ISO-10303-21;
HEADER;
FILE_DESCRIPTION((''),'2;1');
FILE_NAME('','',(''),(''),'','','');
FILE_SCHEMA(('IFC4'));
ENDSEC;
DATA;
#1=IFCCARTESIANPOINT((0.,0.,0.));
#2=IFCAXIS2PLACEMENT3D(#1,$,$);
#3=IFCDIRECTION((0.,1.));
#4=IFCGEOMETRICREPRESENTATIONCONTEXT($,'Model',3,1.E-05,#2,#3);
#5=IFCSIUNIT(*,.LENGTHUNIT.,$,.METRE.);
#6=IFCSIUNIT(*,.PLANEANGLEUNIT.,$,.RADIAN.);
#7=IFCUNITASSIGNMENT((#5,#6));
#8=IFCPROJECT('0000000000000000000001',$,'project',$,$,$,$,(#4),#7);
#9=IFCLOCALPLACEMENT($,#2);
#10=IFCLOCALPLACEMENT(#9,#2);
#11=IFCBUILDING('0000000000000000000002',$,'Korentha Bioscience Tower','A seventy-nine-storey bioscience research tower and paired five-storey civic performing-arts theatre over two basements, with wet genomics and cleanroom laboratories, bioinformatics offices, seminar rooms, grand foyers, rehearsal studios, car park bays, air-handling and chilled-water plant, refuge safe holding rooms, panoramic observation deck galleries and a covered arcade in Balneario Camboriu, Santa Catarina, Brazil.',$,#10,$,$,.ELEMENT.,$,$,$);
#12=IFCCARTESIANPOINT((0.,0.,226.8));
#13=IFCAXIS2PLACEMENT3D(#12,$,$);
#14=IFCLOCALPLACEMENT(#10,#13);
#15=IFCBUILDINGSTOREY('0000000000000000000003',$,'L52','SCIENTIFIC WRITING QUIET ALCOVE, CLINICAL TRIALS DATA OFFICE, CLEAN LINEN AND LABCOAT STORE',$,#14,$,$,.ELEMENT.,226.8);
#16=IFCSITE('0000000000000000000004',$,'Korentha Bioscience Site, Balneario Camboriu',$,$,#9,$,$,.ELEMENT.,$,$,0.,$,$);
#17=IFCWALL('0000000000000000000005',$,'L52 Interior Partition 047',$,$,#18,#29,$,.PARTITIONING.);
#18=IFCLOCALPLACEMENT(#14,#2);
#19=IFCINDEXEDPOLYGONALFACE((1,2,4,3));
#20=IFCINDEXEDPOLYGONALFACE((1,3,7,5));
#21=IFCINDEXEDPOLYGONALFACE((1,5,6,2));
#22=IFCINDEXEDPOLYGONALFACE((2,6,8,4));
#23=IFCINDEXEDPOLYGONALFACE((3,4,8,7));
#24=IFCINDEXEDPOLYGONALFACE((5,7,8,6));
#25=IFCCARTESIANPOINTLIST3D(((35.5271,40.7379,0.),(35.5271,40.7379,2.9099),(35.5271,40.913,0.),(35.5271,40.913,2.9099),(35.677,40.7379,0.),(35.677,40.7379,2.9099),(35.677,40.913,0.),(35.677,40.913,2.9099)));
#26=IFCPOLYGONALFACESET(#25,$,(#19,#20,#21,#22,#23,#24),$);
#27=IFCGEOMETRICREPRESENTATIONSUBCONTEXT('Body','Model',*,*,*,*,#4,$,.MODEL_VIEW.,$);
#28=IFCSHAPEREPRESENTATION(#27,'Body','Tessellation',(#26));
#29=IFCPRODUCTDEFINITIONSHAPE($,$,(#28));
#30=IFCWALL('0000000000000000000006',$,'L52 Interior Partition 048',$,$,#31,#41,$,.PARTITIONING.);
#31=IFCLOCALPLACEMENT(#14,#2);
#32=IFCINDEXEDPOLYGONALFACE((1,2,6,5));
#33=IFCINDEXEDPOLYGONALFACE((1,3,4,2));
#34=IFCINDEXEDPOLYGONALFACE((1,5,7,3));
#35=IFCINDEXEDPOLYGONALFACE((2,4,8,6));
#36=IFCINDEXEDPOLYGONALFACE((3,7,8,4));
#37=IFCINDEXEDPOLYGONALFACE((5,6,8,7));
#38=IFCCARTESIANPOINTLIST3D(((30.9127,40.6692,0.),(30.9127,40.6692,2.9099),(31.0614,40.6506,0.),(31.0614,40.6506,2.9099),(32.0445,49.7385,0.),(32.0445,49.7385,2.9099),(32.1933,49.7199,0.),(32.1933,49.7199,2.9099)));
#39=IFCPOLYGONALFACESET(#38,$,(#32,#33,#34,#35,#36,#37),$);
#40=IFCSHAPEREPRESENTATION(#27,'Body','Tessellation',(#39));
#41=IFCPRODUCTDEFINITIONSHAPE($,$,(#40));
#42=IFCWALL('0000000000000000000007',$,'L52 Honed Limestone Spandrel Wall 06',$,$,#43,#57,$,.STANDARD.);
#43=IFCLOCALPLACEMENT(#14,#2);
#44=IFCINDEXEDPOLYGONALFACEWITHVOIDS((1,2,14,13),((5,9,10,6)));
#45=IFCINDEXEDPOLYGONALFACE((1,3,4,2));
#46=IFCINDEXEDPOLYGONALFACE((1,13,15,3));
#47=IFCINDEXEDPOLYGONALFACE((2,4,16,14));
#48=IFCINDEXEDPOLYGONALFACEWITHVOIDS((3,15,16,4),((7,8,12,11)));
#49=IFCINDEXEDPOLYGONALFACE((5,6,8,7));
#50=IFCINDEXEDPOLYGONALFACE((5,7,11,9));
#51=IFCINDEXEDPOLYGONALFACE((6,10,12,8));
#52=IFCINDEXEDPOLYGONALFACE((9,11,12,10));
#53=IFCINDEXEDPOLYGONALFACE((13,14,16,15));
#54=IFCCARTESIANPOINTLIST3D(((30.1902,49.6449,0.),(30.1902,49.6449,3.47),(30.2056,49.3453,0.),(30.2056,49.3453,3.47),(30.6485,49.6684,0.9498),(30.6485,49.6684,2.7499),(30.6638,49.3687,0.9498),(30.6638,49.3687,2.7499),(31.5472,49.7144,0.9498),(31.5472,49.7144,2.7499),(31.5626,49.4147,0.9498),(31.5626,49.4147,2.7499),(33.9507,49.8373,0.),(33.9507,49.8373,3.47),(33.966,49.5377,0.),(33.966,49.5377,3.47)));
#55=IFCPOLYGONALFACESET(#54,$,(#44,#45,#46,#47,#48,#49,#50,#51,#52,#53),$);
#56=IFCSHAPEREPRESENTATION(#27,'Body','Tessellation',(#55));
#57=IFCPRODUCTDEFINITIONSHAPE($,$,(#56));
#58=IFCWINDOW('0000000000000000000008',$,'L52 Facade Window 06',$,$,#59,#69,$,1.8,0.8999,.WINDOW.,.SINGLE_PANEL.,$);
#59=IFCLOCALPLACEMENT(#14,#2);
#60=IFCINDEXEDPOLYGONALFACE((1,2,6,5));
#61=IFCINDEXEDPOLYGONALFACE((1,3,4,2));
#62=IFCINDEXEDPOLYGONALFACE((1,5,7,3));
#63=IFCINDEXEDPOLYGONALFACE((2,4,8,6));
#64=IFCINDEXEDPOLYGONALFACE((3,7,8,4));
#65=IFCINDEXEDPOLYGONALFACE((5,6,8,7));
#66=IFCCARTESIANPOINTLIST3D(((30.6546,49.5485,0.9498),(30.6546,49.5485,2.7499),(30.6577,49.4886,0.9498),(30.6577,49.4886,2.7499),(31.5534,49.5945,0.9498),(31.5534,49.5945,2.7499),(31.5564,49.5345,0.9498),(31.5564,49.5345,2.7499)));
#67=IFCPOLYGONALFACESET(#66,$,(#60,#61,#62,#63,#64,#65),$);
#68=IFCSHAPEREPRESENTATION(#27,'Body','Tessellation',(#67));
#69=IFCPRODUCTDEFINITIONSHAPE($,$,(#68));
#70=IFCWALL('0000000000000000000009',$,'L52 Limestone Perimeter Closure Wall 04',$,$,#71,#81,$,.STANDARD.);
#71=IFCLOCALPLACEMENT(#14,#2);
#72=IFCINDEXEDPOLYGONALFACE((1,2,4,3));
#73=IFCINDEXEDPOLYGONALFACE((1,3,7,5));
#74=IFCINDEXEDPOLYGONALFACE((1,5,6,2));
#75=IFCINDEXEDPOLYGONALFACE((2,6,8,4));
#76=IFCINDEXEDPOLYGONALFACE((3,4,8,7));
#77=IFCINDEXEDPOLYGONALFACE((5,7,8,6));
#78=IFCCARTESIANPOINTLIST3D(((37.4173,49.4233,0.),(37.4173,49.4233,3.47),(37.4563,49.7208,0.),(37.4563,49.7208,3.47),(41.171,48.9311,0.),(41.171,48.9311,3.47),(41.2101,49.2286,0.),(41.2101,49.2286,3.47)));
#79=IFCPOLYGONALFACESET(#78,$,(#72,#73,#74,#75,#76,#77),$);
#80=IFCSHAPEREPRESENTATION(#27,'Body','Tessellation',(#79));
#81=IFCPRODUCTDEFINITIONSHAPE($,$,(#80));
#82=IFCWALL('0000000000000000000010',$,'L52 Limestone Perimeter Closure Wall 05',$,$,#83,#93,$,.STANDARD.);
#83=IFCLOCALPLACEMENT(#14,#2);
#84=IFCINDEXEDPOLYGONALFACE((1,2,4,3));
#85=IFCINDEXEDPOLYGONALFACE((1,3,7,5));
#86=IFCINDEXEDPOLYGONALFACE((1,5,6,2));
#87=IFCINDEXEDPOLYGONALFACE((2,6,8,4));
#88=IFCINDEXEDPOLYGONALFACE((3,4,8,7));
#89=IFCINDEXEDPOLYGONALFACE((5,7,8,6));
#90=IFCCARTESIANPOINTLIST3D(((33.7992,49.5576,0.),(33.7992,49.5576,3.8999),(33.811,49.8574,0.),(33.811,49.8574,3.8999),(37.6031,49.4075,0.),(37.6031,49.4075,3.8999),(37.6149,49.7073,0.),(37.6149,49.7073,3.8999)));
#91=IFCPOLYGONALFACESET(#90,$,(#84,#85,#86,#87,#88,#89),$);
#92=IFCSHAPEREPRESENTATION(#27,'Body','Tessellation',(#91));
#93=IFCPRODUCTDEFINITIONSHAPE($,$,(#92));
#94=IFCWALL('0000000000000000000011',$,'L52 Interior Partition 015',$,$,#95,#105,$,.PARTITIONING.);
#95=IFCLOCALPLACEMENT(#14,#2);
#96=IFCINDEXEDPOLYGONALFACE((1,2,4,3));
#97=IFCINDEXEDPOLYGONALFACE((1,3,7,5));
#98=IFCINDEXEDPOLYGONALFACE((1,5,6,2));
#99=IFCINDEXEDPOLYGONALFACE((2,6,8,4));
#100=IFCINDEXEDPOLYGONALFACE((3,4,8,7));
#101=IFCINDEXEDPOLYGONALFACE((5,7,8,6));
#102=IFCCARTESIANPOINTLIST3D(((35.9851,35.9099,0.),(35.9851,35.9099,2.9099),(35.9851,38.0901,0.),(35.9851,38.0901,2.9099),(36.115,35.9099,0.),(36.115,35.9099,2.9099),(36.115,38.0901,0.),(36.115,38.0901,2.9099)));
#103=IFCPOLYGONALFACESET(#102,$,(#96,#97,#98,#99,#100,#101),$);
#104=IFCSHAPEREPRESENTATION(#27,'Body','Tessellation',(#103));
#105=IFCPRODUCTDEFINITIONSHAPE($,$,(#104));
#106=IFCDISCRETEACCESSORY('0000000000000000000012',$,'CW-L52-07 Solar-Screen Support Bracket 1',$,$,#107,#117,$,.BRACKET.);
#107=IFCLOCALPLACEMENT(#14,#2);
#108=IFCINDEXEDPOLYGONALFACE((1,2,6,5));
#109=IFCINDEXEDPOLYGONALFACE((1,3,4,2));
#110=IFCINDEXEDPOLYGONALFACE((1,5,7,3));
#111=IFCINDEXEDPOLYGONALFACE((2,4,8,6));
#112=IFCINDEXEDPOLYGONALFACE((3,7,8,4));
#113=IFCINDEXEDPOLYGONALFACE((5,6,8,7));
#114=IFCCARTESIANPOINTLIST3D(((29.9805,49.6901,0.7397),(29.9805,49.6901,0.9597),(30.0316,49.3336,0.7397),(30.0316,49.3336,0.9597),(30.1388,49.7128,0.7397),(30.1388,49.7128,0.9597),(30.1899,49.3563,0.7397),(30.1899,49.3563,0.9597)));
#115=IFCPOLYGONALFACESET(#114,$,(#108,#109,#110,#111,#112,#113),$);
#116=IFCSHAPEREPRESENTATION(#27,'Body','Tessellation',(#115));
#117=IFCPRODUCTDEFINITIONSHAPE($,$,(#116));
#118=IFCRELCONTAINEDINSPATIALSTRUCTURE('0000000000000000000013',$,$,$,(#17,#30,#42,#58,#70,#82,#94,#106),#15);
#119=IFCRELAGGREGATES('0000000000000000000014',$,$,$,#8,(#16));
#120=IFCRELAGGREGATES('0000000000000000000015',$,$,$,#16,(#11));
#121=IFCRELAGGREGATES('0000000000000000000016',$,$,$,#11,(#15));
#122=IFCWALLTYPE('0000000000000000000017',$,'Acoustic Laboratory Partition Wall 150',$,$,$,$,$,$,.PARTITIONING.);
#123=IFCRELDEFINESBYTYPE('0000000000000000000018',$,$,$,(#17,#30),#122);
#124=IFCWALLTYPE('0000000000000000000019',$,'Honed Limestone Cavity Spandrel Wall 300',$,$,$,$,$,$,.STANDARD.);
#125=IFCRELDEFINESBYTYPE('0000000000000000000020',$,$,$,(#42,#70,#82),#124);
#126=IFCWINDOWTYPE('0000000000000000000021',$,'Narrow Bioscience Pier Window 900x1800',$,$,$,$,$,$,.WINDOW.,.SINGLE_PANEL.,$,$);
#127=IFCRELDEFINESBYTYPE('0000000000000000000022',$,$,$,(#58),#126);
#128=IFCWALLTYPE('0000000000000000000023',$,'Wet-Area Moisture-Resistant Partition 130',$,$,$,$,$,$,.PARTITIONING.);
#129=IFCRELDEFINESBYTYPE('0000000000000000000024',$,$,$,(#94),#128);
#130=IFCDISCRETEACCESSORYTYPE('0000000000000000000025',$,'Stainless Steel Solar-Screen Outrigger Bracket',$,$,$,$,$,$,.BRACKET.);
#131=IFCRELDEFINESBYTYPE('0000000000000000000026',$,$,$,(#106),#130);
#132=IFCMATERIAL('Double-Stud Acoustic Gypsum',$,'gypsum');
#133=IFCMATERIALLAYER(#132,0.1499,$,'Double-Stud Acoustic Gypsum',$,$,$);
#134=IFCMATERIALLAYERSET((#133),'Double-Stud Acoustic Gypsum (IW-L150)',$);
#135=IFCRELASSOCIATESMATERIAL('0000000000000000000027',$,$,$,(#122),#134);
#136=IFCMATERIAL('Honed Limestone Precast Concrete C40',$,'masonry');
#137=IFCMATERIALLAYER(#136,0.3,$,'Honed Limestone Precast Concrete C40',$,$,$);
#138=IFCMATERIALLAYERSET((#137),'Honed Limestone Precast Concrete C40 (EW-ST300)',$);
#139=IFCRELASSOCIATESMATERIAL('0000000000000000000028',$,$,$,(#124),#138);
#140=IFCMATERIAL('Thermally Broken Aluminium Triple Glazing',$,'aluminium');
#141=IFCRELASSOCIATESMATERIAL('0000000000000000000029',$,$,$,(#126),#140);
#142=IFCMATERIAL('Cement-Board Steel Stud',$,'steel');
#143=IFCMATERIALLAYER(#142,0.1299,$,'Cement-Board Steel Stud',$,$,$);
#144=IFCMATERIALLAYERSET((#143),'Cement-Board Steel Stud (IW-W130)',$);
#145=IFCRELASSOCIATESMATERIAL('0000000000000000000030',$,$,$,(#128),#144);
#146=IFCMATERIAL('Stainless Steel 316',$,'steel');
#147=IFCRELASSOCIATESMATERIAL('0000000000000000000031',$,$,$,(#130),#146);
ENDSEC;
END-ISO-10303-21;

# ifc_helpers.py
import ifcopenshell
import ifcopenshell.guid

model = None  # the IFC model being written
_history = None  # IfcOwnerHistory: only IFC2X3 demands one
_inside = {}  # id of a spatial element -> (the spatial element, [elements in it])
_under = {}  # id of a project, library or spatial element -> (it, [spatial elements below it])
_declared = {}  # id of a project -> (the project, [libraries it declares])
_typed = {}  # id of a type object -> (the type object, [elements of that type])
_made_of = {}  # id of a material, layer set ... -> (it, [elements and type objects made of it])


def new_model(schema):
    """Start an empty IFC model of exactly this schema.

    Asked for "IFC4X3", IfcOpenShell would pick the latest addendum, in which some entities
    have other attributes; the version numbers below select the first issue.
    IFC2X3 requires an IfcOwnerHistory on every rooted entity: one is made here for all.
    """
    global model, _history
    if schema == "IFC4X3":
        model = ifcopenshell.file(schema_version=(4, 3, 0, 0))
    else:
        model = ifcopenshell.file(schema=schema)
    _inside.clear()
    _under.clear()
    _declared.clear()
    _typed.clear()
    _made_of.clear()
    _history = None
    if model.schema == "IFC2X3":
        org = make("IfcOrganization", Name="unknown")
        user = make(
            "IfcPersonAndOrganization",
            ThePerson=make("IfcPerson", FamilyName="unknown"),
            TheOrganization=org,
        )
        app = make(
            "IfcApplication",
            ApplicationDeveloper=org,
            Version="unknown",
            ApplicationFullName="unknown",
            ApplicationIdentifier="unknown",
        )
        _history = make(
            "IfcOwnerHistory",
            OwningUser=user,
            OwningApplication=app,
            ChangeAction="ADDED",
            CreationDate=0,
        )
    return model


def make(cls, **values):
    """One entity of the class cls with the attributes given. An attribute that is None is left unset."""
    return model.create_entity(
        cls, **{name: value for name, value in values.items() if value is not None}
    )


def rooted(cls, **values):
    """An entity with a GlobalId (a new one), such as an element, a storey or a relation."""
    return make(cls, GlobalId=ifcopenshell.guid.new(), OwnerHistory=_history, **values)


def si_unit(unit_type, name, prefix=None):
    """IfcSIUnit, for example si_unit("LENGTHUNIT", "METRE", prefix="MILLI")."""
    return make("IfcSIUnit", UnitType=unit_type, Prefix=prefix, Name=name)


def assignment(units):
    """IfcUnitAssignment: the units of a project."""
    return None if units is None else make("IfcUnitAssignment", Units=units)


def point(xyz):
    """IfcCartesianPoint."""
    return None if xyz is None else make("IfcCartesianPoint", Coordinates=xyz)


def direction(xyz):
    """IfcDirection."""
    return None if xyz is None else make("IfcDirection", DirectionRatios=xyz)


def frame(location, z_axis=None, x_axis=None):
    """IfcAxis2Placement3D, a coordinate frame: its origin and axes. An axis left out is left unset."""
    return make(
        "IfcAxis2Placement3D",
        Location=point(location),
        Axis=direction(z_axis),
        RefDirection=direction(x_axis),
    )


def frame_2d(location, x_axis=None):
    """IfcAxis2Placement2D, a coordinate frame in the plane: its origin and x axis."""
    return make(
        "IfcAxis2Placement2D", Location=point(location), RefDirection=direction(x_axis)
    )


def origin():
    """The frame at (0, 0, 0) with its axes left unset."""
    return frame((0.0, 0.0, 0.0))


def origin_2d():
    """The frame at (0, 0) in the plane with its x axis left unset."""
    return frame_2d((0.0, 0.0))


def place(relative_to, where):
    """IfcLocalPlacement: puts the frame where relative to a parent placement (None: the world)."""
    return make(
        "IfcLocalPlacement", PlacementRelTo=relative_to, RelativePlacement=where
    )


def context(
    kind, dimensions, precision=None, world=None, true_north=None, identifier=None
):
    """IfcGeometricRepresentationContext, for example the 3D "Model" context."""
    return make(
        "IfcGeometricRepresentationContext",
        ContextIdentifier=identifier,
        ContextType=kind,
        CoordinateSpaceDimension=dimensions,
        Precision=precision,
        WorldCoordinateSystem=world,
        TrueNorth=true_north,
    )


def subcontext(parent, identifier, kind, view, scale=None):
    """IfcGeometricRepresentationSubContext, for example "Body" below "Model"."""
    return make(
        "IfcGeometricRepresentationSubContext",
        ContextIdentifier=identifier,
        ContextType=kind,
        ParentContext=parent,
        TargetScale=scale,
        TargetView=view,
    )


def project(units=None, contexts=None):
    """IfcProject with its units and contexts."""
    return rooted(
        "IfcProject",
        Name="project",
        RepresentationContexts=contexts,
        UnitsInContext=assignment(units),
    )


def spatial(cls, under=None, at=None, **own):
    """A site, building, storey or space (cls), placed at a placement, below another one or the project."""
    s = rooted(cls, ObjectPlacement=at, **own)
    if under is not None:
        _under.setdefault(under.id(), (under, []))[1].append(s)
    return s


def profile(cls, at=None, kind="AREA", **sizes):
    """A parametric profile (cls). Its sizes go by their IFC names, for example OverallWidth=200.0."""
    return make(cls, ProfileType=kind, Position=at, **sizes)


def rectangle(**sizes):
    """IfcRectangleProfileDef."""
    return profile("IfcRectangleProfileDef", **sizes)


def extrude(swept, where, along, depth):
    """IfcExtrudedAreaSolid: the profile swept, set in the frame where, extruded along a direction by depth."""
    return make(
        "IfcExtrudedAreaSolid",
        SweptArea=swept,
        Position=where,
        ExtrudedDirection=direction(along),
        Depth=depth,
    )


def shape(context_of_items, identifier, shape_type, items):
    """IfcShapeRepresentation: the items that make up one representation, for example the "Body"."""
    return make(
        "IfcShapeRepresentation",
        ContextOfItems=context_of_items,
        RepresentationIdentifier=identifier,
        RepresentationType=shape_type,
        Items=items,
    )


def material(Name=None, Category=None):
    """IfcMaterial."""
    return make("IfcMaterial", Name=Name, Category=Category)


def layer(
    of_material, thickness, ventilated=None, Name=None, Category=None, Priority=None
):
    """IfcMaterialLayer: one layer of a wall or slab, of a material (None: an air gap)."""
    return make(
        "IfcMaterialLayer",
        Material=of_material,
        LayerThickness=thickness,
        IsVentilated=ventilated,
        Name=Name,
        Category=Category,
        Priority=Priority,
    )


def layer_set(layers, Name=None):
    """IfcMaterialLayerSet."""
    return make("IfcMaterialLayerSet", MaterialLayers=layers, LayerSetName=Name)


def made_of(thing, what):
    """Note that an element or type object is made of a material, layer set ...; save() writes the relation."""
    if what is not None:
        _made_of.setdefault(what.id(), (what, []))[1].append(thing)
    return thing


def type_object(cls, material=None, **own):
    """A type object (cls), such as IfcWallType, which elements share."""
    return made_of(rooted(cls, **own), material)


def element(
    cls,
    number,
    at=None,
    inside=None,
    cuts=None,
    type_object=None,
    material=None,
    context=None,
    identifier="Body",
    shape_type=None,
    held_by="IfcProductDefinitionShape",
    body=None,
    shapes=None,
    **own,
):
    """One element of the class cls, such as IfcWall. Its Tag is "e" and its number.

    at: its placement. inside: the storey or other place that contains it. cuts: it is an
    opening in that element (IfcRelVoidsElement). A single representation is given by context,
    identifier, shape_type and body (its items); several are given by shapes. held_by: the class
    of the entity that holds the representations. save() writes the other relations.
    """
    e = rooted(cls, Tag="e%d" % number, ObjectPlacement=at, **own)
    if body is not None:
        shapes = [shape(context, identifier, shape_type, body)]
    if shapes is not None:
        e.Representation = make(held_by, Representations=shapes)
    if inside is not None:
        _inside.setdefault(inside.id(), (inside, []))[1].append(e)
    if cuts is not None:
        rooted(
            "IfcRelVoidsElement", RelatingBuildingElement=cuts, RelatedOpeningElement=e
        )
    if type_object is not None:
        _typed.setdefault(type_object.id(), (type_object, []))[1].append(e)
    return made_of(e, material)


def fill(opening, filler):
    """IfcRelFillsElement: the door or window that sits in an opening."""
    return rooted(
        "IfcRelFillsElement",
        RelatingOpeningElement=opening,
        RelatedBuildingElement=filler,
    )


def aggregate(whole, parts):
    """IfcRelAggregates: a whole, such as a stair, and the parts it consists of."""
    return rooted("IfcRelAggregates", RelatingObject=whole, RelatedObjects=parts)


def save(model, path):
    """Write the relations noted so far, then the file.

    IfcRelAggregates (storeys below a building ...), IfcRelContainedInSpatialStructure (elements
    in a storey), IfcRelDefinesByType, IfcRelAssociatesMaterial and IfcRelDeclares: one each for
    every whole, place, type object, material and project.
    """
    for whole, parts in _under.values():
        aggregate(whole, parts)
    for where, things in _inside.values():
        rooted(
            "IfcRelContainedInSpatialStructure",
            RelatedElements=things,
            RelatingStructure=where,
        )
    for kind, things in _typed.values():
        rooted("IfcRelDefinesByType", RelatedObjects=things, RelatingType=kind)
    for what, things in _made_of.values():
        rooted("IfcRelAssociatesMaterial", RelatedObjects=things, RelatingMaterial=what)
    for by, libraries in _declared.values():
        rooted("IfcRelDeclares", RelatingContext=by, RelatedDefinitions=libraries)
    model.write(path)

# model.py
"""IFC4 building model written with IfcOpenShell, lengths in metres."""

from ifc_helpers import new_model, si_unit, direction, frame, frame_2d, origin, origin_2d, place, context, subcontext, project, spatial, rectangle, extrude, material, layer, layer_set, type_object, element, fill, save


model = new_model("IFC4")

# Units and contexts
model_context = context("Model", 3, precision=1e-05, world=origin(), true_north=direction((0.0, 1.0)))
body_context = subcontext(model_context, "Body", "Model", "MODEL_VIEW")
ifc_project = project(units=[si_unit("LENGTHUNIT", "METRE"), si_unit("PLANEANGLEUNIT", "RADIAN")], contexts=[model_context])

# Site, building, storey
site_placement = place(None, origin())
site = spatial("IfcSite", under=ifc_project, at=site_placement, Name="Korentha Bioscience Site, Balneario Camboriu", CompositionType="ELEMENT", RefElevation=0.0)
building_placement = place(site_placement, origin())
building = spatial("IfcBuilding", under=site, at=building_placement, Name="Korentha Bioscience Tower", Description="A seventy-nine-storey bioscience research tower and paired five-storey civic performing-arts theatre over two basements, with wet genomics and cleanroom laboratories, bioinformatics offices, seminar rooms, grand foyers, rehearsal studios, car park bays, air-handling and chilled-water plant, refuge safe holding rooms, panoramic observation deck galleries and a covered arcade in Balneario Camboriu, Santa Catarina, Brazil.", CompositionType="ELEMENT")
storey_placement = place(building_placement, frame((0.0, 0.0, 226.8)))
storey = spatial("IfcBuildingStorey", under=building, at=storey_placement, Name="L52", Description="SCIENTIFIC WRITING QUIET ALCOVE, CLINICAL TRIALS DATA OFFICE, CLEAN LINEN AND LABCOAT STORE", CompositionType="ELEMENT", Elevation=226.8)

# Shared definitions
ifc_material_1 = material(Name="Double-Stud Acoustic Gypsum", Category="gypsum")
ifc_layer_1 = layer(ifc_material_1, 0.1499, Name="Double-Stud Acoustic Gypsum")
ifc_layer_set_1 = layer_set([ifc_layer_1], Name="Double-Stud Acoustic Gypsum (IW-L150)")
wall_type_1 = type_object("IfcWallType", Name="Acoustic Laboratory Partition Wall 150", PredefinedType="PARTITIONING", material=ifc_layer_set_1)

# Walls
wall_1_placement = place(storey_placement, frame((35.6021, 40.738, 0.0), z_axis=(0.0, 0.0, 1.0), x_axis=(0.0, 1.0, 0.0)))
element("IfcWall", 1, at=wall_1_placement, inside=storey, type_object=wall_type_1, Name="L52 Interior Partition 047", PredefinedType="PARTITIONING", context=body_context, shape_type="SweptSolid", body=[
    extrude(rectangle(XDim=0.175, YDim=0.1499, at=frame_2d((0.0874, 0.0))), origin(), (0.0, 0.0, 1.0), 2.9099),
])
wall_2_placement = place(storey_placement, frame((30.9871, 40.6599, 0.0), z_axis=(0.0, 0.0, 1.0), x_axis=(0.123837, 0.992303, 0.0)))
element("IfcWall", 2, at=wall_2_placement, inside=storey, type_object=wall_type_1, Name="L52 Interior Partition 048", PredefinedType="PARTITIONING", context=body_context, shape_type="SweptSolid", body=[
    extrude(rectangle(XDim=9.1396, YDim=0.1499, at=frame_2d((4.5698, 0.0))), origin(), (0.0, 0.0, 1.0), 2.9099),
])

# Wall, opening, window
ifc_material_2 = material(Name="Honed Limestone Precast Concrete C40", Category="masonry")
ifc_layer_2 = layer(ifc_material_2, 0.3, Name="Honed Limestone Precast Concrete C40")
ifc_layer_set_2 = layer_set([ifc_layer_2], Name="Honed Limestone Precast Concrete C40 (EW-ST300)")
wall_type_2 = type_object("IfcWallType", Name="Honed Limestone Cavity Spandrel Wall 300", PredefinedType="STANDARD", material=ifc_layer_set_2)
wall_3_placement = place(storey_placement, frame((33.9585, 49.6875, 0.0), z_axis=(0.0, 0.0, 1.0), x_axis=(-0.998694, -0.051092, 0.0)))
wall_3 = element("IfcWall", 3, at=wall_3_placement, inside=storey, type_object=wall_type_2, Name="L52 Honed Limestone Spandrel Wall 06", PredefinedType="STANDARD", context=body_context, shape_type="SweptSolid", body=[
    extrude(rectangle(XDim=3.7654, YDim=0.3, at=frame_2d((1.8828, 0.0))), origin(), (0.0, 0.0, 1.0), 3.47),
])
opening_1_placement = place(wall_3_placement, frame((2.4067, 0.0, 0.95)))
opening_1 = element("IfcOpeningElement", 4, at=opening_1_placement, cuts=wall_3, PredefinedType="OPENING", context=body_context, shape_type="SweptSolid", body=[
    extrude(rectangle(XDim=0.8999, YDim=1.8, at=frame_2d((0.45, 0.8999))), frame((0.0, 0.165, 0.0), z_axis=(0.0, -1.0, 0.0), x_axis=(1.0, 0.0, 0.0)), (0.0, 0.0, 1.0), 0.3298),
])
ifc_material_3 = material(Name="Thermally Broken Aluminium Triple Glazing", Category="aluminium")
window_type = type_object("IfcWindowType", Name="Narrow Bioscience Pier Window 900x1800", PartitioningType="SINGLE_PANEL", PredefinedType="WINDOW", material=ifc_material_3)
window_placement = place(opening_1_placement, origin())
window = element("IfcWindow", 5, at=window_placement, inside=storey, type_object=window_type, Name="L52 Facade Window 06", OverallHeight=1.8, OverallWidth=0.8999, PartitioningType="SINGLE_PANEL", PredefinedType="WINDOW", context=body_context, shape_type="SweptSolid", body=[
    extrude(rectangle(XDim=0.8999, YDim=1.8, at=frame_2d((0.45, 0.8999))), frame((0.0, 0.03, 0.0), z_axis=(0.0, -1.0, 0.0), x_axis=(1.0, 0.0, 0.0)), (0.0, 0.0, 1.0), 0.0601),
])
fill(opening_1, window)

# Walls
wall_4_placement = place(storey_placement, frame((41.1907, 49.0798, 0.0), z_axis=(0.0, 0.0, 1.0), x_axis=(-0.991513, 0.130009, 0.0)))
element("IfcWall", 6, at=wall_4_placement, inside=storey, type_object=wall_type_2, Name="L52 Limestone Perimeter Closure Wall 04", PredefinedType="STANDARD", context=body_context, shape_type="SweptSolid", body=[
    extrude(rectangle(XDim=3.7859, YDim=0.3, at=frame_2d((1.8931, 0.0))), origin(), (0.0, 0.0, 1.0), 3.47),
])
wall_5_placement = place(storey_placement, frame((37.6089, 49.5574, 0.0), z_axis=(0.0, 0.0, 1.0), x_axis=(-0.999222, 0.03944, 0.0)))
element("IfcWall", 7, at=wall_5_placement, inside=storey, type_object=wall_type_2, Name="L52 Limestone Perimeter Closure Wall 05", PredefinedType="STANDARD", context=body_context, shape_type="SweptSolid", body=[
    extrude(rectangle(XDim=3.8069, YDim=0.3, at=frame_2d((1.9033, 0.0))), origin(), (0.0, 0.0, 1.0), 3.8999),
])

# Shared definitions
ifc_material_4 = material(Name="Cement-Board Steel Stud", Category="steel")
ifc_layer_3 = layer(ifc_material_4, 0.1299, Name="Cement-Board Steel Stud")
ifc_layer_set_3 = layer_set([ifc_layer_3], Name="Cement-Board Steel Stud (IW-W130)")
wall_type_3 = type_object("IfcWallType", Name="Wet-Area Moisture-Resistant Partition 130", PredefinedType="PARTITIONING", material=ifc_layer_set_3)

# Wall
wall_6_placement = place(storey_placement, frame((36.05, 38.0901, 0.0), z_axis=(0.0, 0.0, 1.0), x_axis=(0.0, -1.0, 0.0)))
element("IfcWall", 8, at=wall_6_placement, inside=storey, type_object=wall_type_3, Name="L52 Interior Partition 015", PredefinedType="PARTITIONING", context=body_context, shape_type="SweptSolid", body=[
    extrude(rectangle(XDim=2.1802, YDim=0.1299, at=frame_2d((1.0901, 0.0))), origin(), (0.0, 0.0, 1.0), 2.9099),
])

# Discrete accessory
ifc_material_5 = material(Name="Stainless Steel 316", Category="steel")
discrete_accessory_type = type_object("IfcDiscreteAccessoryType", Name="Stainless Steel Solar-Screen Outrigger Bracket", PredefinedType="BRACKET", material=ifc_material_5)
discrete_accessory_placement = place(storey_placement, frame((30.0852, 49.5232, 0.7397), z_axis=(0.0, 0.0, 1.0), x_axis=(-0.989902, -0.141754, 0.0)))
element("IfcDiscreteAccessory", 9, at=discrete_accessory_placement, inside=storey, type_object=discrete_accessory_type, Name="CW-L52-07 Solar-Screen Support Bracket 1", PredefinedType="BRACKET", context=body_context, shape_type="SweptSolid", body=[
    extrude(rectangle(XDim=0.1599, YDim=0.3601, at=origin_2d()), origin(), (0.0, 0.0, 1.0), 0.22),
])

save(model, "model.ifc")
